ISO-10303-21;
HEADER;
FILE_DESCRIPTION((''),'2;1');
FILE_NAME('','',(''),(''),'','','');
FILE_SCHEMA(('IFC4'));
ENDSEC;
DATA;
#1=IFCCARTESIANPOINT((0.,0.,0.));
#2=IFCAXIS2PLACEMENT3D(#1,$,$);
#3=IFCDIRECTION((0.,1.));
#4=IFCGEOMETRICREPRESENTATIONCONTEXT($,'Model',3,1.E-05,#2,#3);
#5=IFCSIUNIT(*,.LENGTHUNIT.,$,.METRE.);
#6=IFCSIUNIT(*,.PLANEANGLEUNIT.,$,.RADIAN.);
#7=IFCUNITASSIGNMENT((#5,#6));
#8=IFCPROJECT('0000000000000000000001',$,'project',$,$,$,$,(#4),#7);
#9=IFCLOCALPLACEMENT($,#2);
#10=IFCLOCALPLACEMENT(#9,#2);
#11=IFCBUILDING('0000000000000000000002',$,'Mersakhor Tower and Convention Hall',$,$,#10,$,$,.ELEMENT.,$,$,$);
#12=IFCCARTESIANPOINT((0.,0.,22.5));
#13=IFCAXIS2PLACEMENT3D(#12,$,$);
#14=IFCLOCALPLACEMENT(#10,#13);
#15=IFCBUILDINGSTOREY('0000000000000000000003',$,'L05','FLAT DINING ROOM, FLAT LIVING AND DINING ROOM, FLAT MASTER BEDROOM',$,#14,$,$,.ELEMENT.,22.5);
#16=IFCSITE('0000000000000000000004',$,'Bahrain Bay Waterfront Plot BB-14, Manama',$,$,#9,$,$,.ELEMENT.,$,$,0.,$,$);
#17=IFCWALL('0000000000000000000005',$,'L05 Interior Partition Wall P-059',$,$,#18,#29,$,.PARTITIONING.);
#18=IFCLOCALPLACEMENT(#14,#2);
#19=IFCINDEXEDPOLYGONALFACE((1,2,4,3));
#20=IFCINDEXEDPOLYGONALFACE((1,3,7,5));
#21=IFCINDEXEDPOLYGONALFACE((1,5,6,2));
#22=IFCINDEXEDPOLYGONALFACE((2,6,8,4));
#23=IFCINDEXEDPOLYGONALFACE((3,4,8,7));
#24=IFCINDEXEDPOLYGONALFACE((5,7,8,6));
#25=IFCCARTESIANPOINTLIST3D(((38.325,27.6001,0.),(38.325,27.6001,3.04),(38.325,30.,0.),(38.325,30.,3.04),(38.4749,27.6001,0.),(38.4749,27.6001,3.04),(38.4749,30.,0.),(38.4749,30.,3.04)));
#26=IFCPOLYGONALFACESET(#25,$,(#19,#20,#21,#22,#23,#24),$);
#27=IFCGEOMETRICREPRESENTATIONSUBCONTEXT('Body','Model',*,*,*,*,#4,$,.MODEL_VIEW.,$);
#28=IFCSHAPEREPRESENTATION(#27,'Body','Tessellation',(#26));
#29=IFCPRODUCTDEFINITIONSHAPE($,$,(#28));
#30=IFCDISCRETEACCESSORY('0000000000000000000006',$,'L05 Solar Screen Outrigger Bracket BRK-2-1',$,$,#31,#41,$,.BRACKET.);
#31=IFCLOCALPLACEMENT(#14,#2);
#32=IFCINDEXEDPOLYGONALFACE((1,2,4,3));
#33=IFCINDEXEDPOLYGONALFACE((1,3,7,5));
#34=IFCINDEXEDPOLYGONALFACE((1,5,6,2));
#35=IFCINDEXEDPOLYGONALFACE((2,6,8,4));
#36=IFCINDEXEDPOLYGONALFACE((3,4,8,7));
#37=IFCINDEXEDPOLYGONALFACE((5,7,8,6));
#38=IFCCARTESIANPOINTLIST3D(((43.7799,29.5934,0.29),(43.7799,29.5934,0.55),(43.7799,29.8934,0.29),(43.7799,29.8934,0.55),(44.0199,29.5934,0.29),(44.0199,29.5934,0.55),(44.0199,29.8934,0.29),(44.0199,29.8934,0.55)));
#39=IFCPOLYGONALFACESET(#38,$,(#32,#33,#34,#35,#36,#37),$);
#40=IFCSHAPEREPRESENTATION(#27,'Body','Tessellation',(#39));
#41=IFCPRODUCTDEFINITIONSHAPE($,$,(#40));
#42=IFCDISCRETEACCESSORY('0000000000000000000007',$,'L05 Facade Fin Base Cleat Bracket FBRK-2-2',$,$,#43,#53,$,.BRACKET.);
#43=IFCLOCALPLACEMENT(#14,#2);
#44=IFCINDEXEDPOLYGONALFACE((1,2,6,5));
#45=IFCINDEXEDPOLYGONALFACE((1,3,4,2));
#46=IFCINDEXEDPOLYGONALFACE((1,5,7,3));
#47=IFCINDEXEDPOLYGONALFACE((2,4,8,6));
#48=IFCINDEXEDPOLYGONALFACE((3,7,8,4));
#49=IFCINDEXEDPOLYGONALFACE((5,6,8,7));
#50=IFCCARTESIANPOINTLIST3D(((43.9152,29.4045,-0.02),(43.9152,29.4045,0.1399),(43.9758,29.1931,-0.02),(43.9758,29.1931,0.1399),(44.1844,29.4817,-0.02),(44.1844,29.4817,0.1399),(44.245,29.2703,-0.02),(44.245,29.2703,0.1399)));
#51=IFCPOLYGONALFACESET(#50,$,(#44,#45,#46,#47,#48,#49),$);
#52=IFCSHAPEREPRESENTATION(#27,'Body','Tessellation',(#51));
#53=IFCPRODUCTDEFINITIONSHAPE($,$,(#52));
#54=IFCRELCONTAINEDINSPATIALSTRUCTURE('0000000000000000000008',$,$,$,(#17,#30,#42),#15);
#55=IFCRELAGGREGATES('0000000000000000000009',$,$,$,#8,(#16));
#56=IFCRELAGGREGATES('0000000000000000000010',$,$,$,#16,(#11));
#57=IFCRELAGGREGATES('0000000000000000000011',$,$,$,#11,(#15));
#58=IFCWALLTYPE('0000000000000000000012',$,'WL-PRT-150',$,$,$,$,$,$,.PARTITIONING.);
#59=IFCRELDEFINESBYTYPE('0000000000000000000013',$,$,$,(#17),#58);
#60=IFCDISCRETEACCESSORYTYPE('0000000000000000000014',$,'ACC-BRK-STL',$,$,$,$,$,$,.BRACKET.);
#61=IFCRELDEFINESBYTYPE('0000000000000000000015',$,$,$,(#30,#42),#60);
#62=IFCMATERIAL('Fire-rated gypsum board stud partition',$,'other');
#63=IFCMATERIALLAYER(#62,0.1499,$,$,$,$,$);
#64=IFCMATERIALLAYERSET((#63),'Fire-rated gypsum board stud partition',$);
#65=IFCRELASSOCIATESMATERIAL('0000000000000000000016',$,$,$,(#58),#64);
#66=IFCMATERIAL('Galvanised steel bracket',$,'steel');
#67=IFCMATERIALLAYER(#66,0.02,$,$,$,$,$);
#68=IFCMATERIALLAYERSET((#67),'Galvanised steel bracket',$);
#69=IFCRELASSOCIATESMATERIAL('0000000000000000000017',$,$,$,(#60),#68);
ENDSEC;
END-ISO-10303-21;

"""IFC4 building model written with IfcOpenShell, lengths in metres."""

from ifc_helpers import new_model, si_unit, direction, frame, frame_2d, origin, origin_2d, place, context, subcontext, project, spatial, rectangle, extrude, material, layer, layer_set, type_object, element, save


model = new_model("IFC4")

# Units and contexts
model_context = context("Model", 3, precision=1e-05, world=origin(), true_north=direction((0.0, 1.0)))
body_context = subcontext(model_context, "Body", "Model", "MODEL_VIEW")
ifc_project = project(units=[si_unit("LENGTHUNIT", "METRE"), si_unit("PLANEANGLEUNIT", "RADIAN")], contexts=[model_context])

# Site, building, storey
site_placement = place(None, origin())
site = spatial("IfcSite", under=ifc_project, at=site_placement, Name="Bahrain Bay Waterfront Plot BB-14, Manama", CompositionType="ELEMENT", RefElevation=0.0)
building_placement = place(site_placement, origin())
building = spatial("IfcBuilding", under=site, at=building_placement, Name="Mersakhor Tower and Convention Hall", CompositionType="ELEMENT")
storey_placement = place(building_placement, frame((0.0, 0.0, 22.5)))
storey = spatial("IfcBuildingStorey", under=building, at=storey_placement, Name="L05", Description="FLAT DINING ROOM, FLAT LIVING AND DINING ROOM, FLAT MASTER BEDROOM", CompositionType="ELEMENT", Elevation=22.5)

# Wall
ifc_material_1 = material(Name="Fire-rated gypsum board stud partition", Category="other")
ifc_layer_1 = layer(ifc_material_1, 0.1499)
ifc_layer_set_1 = layer_set([ifc_layer_1], Name="Fire-rated gypsum board stud partition")
wall_type_1 = type_object("IfcWallType", Name="WL-PRT-150", PredefinedType="PARTITIONING", material=ifc_layer_set_1)
wall_1_placement = place(storey_placement, frame((38.3999, 30.0, 0.0), z_axis=(0.0, 0.0, 1.0), x_axis=(0.0, -1.0, 0.0)))
element("IfcWall", 1, at=wall_1_placement, inside=storey, type_object=wall_type_1, Name="L05 Interior Partition Wall P-059", PredefinedType="PARTITIONING", context=body_context, shape_type="SweptSolid", body=[
    extrude(rectangle(XDim=2.3999, YDim=0.1499, at=frame_2d((1.2, 0.0))), origin(), (0.0, 0.0, 1.0), 3.04),
])

# Discrete accessories
ifc_material_2 = material(Name="Galvanised steel bracket", Category="steel")
ifc_layer_2 = layer(ifc_material_2, 0.02)
ifc_layer_set_2 = layer_set([ifc_layer_2], Name="Galvanised steel bracket")
discrete_accessory_type = type_object("IfcDiscreteAccessoryType", Name="ACC-BRK-STL", PredefinedType="BRACKET", material=ifc_layer_set_2)
discrete_accessory_1_placement = place(storey_placement, frame((43.8999, 29.7434, 0.29), z_axis=(0.0, 0.0, 1.0), x_axis=(0.0, -1.0, 0.0)))
element("IfcDiscreteAccessory", 2, at=discrete_accessory_1_placement, inside=storey, type_object=discrete_accessory_type, Name="L05 Solar Screen Outrigger Bracket BRK-2-1", PredefinedType="BRACKET", context=body_context, shape_type="SweptSolid", body=[
    extrude(rectangle(XDim=0.3, YDim=0.24, at=origin_2d()), origin(), (0.0, 0.0, 1.0), 0.26),
])
discrete_accessory_2_placement = place(storey_placement, frame((44.0801, 29.3374, -0.02), z_axis=(0.0, 0.0, 1.0), x_axis=(0.961262, 0.275637, 0.0)))
element("IfcDiscreteAccessory", 3, at=discrete_accessory_2_placement, inside=storey, type_object=discrete_accessory_type, Name="L05 Facade Fin Base Cleat Bracket FBRK-2-2", PredefinedType="BRACKET", context=body_context, shape_type="SweptSolid", body=[
    extrude(rectangle(XDim=0.28, YDim=0.22, at=origin_2d()), origin(), (0.0, 0.0, 1.0), 0.1599),
])

save(model, "model.ifc")
